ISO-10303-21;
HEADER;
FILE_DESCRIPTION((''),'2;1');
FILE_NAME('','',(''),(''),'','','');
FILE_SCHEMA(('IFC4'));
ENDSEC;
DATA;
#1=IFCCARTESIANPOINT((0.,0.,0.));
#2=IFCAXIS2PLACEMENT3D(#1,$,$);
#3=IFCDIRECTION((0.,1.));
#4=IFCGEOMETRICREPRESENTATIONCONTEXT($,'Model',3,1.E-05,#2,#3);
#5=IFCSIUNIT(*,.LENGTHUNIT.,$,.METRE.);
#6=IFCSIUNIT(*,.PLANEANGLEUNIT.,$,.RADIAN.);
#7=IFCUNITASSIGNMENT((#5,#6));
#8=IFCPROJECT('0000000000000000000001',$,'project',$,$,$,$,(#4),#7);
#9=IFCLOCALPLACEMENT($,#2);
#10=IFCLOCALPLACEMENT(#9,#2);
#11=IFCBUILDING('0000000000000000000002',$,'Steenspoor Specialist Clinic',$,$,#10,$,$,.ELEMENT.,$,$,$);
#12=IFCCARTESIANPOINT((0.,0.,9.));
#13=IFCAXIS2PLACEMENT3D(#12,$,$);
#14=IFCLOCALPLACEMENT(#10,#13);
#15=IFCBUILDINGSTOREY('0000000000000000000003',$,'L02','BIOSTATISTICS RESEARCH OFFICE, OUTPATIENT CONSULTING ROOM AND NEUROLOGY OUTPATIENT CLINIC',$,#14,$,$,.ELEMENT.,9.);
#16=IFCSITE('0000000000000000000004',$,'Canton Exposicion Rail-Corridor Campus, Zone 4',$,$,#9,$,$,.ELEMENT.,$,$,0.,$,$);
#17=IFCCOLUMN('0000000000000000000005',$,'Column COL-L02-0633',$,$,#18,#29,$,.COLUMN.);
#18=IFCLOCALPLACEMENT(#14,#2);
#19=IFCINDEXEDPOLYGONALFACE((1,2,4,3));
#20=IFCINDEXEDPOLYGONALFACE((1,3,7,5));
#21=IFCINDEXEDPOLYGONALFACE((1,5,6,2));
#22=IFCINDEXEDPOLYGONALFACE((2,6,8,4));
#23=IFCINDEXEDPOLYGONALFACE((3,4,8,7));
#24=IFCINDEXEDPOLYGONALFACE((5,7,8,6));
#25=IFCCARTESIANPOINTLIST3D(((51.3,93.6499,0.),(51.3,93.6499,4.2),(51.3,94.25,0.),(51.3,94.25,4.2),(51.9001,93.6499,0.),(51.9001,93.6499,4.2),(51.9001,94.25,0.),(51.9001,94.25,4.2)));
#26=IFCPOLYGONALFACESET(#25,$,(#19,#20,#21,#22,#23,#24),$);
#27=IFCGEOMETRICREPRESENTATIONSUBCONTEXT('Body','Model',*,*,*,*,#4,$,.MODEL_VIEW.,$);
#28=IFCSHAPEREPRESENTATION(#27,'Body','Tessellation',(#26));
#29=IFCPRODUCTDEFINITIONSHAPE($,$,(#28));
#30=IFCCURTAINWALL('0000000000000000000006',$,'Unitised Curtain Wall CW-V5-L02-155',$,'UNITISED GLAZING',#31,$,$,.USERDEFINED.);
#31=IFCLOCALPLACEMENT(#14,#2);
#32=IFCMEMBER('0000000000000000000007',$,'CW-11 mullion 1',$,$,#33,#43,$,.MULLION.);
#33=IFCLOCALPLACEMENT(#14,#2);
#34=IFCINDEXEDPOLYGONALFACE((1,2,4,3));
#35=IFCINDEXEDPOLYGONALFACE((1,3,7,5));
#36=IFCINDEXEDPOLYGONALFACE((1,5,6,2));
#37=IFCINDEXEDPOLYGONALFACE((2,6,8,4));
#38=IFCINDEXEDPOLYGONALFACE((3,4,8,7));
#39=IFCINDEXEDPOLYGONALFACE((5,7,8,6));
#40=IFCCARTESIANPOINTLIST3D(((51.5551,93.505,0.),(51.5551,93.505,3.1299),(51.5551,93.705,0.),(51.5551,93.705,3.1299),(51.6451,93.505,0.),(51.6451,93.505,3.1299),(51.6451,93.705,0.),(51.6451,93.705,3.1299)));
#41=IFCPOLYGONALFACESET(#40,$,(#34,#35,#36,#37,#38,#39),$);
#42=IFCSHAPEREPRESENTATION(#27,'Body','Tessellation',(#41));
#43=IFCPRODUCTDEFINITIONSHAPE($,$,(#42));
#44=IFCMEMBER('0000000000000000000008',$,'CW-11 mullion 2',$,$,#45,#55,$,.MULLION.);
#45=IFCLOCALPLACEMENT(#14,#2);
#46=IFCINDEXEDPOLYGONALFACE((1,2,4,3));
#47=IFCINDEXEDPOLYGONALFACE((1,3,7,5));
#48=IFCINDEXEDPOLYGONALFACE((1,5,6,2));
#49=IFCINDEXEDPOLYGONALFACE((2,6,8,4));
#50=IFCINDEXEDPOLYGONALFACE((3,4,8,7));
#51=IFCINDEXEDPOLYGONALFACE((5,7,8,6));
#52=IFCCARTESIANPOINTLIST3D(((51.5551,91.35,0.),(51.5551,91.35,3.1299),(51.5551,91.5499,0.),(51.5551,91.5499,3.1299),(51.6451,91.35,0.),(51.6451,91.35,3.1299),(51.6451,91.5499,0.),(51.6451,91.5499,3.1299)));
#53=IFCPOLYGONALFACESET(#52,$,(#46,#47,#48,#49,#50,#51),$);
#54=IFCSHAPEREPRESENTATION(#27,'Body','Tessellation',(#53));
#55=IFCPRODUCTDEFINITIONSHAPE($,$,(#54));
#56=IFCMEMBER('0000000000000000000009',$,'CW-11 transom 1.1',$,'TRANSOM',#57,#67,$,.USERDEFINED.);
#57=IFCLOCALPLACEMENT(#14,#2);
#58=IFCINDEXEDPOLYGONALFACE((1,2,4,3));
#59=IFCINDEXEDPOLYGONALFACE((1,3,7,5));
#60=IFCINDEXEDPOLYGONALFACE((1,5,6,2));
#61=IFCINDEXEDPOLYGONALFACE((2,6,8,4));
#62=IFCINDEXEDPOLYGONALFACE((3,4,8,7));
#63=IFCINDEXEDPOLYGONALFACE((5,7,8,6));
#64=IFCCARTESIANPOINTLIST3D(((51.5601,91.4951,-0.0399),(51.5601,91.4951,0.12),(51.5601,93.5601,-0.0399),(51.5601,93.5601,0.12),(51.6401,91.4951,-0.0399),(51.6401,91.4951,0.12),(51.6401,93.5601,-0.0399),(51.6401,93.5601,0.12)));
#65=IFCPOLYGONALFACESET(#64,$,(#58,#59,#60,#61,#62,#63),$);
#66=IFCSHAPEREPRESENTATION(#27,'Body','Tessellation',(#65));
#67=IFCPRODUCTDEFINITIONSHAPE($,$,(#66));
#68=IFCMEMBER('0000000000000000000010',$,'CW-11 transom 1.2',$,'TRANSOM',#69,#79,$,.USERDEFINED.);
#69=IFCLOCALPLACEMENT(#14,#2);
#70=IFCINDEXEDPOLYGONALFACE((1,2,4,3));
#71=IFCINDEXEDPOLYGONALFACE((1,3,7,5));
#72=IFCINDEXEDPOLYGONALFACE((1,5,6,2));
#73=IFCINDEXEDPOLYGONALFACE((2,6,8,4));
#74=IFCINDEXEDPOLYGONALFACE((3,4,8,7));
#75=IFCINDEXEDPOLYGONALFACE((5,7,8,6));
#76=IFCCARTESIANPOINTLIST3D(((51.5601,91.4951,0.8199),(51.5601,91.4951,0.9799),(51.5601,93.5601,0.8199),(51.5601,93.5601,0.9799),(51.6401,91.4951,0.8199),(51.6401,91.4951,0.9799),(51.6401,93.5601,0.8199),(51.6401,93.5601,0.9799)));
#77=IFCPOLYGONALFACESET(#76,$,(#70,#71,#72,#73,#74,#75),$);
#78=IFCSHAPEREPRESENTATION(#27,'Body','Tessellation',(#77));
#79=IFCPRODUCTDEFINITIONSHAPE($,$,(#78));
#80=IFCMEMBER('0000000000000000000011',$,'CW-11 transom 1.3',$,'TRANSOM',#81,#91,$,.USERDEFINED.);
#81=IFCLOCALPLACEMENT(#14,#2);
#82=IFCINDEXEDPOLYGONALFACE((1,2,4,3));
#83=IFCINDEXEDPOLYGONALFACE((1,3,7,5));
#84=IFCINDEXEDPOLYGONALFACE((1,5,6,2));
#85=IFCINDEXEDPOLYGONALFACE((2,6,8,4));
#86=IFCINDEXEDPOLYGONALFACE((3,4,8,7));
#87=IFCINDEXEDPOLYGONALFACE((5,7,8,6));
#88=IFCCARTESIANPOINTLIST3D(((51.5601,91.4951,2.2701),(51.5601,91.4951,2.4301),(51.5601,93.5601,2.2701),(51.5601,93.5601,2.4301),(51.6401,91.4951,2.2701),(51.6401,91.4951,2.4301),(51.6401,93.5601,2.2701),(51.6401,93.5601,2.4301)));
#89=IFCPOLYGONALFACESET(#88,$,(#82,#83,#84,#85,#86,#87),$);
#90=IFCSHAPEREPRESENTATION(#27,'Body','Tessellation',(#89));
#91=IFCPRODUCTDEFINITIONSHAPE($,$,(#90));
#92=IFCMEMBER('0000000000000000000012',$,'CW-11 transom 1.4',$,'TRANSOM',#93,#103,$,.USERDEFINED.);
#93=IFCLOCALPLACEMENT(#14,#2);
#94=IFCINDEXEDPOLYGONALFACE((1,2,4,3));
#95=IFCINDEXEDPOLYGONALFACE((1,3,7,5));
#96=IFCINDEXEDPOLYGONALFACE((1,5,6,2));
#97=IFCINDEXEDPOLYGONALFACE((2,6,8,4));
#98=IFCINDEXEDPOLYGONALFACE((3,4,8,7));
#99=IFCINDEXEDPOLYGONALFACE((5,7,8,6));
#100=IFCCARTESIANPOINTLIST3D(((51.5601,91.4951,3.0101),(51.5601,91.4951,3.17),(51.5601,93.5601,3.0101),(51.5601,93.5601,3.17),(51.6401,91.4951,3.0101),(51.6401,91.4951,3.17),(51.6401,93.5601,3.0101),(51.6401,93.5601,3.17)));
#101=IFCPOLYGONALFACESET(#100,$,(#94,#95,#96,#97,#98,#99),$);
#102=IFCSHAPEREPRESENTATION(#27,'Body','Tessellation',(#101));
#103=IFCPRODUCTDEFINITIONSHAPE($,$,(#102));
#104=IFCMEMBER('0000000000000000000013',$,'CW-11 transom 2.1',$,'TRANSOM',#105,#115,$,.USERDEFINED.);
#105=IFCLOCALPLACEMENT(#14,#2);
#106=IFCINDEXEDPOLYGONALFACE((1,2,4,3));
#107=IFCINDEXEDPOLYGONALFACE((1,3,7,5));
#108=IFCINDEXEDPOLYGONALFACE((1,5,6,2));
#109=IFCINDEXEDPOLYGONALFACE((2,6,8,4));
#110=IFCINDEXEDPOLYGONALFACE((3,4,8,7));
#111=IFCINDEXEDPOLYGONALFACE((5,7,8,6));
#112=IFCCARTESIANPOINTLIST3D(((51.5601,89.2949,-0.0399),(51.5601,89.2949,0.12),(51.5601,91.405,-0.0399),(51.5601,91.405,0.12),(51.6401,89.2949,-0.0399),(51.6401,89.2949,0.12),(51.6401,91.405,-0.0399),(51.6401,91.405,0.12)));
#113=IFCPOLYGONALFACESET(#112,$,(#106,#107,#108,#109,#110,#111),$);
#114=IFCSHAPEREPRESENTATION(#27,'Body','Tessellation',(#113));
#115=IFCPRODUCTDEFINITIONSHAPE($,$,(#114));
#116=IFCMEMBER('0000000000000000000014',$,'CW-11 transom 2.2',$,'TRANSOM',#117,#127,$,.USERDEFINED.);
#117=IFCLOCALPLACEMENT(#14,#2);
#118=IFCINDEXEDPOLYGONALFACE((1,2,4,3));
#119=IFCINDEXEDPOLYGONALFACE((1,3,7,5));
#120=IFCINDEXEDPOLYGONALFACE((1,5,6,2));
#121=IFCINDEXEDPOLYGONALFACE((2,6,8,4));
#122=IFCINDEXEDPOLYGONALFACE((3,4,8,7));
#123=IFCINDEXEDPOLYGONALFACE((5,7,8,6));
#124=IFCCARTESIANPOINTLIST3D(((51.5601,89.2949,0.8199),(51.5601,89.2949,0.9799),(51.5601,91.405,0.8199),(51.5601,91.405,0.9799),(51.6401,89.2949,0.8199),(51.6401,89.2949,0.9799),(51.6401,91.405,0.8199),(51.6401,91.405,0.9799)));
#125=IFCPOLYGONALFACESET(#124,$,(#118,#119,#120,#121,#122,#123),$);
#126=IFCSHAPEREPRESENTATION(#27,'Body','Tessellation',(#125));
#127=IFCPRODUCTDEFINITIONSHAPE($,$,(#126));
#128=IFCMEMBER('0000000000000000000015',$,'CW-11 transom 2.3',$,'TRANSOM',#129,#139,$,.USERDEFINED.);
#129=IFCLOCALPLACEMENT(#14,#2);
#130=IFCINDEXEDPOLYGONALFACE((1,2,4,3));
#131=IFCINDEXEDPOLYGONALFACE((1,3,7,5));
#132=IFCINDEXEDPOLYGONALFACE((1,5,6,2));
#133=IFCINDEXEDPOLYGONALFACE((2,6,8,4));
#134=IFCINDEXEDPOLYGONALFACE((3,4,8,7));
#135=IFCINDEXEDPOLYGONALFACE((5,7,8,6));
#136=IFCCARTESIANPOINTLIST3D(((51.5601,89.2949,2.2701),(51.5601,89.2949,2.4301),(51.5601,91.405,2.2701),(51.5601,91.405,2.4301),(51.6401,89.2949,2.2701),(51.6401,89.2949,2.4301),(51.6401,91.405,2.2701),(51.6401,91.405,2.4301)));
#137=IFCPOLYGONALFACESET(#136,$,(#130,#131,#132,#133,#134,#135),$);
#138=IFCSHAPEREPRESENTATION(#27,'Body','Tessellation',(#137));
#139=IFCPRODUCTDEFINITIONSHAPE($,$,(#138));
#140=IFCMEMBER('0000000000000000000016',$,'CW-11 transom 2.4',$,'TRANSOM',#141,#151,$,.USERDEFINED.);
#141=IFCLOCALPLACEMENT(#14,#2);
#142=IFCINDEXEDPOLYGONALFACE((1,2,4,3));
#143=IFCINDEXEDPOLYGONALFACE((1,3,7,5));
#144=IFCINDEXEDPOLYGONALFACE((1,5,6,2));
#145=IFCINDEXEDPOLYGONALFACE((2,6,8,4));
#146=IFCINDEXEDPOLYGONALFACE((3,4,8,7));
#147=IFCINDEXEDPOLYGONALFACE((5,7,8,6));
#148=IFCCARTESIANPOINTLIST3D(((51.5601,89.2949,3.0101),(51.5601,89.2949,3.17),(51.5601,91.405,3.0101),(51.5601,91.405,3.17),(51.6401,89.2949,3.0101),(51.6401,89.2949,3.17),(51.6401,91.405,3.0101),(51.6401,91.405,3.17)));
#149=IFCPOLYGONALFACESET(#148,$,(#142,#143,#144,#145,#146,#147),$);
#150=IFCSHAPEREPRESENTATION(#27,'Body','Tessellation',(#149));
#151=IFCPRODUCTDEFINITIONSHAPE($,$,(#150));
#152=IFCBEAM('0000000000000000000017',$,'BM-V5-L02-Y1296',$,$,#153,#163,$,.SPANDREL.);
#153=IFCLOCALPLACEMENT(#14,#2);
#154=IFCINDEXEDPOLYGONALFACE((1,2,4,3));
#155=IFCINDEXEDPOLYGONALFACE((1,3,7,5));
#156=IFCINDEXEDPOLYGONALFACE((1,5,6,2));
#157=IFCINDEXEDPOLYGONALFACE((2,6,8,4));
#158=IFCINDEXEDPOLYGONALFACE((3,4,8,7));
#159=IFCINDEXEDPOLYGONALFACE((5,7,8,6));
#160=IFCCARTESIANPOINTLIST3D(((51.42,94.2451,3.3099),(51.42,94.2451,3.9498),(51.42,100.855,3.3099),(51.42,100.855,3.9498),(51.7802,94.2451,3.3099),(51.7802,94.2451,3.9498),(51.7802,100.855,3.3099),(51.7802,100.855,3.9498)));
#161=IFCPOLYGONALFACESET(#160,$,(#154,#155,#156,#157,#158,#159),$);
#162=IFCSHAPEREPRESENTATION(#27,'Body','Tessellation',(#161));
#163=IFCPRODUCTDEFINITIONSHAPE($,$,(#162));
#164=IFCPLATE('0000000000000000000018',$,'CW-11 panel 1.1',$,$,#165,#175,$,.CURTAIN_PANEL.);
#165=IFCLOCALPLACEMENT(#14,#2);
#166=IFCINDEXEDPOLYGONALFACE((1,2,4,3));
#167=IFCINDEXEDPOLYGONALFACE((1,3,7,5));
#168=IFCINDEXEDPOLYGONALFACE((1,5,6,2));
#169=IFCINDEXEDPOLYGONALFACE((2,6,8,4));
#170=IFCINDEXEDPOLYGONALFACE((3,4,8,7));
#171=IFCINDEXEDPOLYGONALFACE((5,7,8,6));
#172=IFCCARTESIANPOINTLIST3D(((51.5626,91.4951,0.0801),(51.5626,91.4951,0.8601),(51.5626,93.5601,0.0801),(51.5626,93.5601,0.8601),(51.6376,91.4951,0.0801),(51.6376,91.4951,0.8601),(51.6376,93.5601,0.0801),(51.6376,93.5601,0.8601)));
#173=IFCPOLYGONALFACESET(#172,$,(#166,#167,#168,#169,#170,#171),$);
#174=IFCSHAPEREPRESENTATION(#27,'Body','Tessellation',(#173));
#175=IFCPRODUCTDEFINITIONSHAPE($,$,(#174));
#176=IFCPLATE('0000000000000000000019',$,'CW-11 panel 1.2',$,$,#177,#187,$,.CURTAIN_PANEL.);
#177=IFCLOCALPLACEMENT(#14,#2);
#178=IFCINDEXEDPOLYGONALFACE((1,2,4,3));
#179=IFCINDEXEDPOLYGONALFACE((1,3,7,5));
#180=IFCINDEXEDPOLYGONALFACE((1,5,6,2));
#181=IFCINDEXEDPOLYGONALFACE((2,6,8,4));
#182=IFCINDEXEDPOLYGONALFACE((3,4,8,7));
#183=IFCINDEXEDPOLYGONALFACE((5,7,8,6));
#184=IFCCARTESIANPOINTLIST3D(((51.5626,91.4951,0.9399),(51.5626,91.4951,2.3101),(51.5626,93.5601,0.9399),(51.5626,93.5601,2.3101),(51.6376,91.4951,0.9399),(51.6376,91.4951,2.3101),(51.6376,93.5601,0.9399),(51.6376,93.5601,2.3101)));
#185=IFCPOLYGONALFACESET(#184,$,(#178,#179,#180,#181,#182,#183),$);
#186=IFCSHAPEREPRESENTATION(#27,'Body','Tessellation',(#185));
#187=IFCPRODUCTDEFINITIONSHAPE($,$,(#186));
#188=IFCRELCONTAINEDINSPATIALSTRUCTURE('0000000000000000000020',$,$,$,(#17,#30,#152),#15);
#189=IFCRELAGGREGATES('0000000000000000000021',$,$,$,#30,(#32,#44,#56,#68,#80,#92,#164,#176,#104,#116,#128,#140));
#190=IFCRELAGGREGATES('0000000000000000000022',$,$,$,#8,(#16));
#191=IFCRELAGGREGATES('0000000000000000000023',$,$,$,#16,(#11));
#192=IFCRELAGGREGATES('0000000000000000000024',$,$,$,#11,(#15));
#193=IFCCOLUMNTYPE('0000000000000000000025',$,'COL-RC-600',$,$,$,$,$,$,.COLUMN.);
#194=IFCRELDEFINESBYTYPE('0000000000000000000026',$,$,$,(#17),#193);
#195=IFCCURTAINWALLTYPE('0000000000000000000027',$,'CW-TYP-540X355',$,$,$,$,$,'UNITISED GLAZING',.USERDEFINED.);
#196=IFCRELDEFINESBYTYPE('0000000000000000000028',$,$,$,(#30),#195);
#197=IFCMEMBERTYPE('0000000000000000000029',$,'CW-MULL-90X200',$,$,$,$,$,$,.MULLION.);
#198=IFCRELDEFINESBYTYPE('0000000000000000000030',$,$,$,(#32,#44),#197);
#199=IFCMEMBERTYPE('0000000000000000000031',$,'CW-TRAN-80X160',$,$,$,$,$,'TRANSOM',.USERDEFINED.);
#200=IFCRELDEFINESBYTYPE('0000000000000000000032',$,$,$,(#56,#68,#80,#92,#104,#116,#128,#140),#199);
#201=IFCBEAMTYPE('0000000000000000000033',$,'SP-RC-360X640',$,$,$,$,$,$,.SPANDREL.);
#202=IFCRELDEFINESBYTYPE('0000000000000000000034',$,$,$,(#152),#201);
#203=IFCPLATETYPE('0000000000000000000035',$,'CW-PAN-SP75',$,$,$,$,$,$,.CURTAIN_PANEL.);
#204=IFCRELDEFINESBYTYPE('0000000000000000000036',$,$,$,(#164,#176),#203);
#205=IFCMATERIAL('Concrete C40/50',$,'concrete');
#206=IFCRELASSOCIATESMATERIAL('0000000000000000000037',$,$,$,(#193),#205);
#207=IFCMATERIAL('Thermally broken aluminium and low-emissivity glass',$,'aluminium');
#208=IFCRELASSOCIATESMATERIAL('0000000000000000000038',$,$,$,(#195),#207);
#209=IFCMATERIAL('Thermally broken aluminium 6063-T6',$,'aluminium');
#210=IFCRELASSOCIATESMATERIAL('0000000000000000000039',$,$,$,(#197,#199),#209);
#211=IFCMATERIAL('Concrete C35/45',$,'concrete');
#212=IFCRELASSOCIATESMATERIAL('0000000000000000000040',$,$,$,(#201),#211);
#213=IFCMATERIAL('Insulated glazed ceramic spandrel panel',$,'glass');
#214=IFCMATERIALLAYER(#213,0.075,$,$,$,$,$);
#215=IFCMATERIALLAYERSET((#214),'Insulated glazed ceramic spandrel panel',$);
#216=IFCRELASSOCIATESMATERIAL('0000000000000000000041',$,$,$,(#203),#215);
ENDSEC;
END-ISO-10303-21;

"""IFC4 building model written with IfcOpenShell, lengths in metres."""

from ifc_helpers import new_model, si_unit, direction, frame, origin, origin_2d, place, context, subcontext, project, spatial, rectangle, extrude, material, layer, layer_set, material_profile, profile_set, type_object, element, aggregate, save


model = new_model("IFC4")

# Units and contexts
model_context = context("Model", 3, precision=1e-05, world=origin(), true_north=direction((0.0, 1.0)))
body_context = subcontext(model_context, "Body", "Model", "MODEL_VIEW")
ifc_project = project(units=[si_unit("LENGTHUNIT", "METRE"), si_unit("PLANEANGLEUNIT", "RADIAN")], contexts=[model_context])

# Site, building, storey
site_placement = place(None, origin())
site = spatial("IfcSite", under=ifc_project, at=site_placement, Name="Canton Exposicion Rail-Corridor Campus, Zone 4", CompositionType="ELEMENT", RefElevation=0.0)
building_placement = place(site_placement, origin())
building = spatial("IfcBuilding", under=site, at=building_placement, Name="Steenspoor Specialist Clinic", CompositionType="ELEMENT")
storey_placement = place(building_placement, frame((0.0, 0.0, 9.0)))
storey = spatial("IfcBuildingStorey", under=building, at=storey_placement, Name="L02", Description="BIOSTATISTICS RESEARCH OFFICE, OUTPATIENT CONSULTING ROOM AND NEUROLOGY OUTPATIENT CLINIC", CompositionType="ELEMENT", Elevation=9.0)

# Column
ifc_material_1 = material(Name="Concrete C40/50", Category="concrete")
ifc_material_profile_1 = material_profile(ifc_material_1, rectangle(XDim=0.6001, YDim=0.6001, at=origin_2d()), Name="RC-COL-600X600")
ifc_profile_set_1 = profile_set([ifc_material_profile_1], Name="Concrete C40/50")
column_type = type_object("IfcColumnType", Name="COL-RC-600", PredefinedType="COLUMN", material=ifc_profile_set_1)
column_placement = place(storey_placement, frame((51.6001, 93.95, 0.0), z_axis=(0.0, 0.0, 1.0), x_axis=(1.0, 0.0, 0.0)))
element("IfcColumn", 1, at=column_placement, inside=storey, type_object=column_type, Name="Column COL-L02-0633", PredefinedType="COLUMN", context=body_context, shape_type="SweptSolid", body=[
    extrude(rectangle(XDim=0.6001, YDim=0.6001, at=origin_2d()), origin(), (0.0, 0.0, 1.0), 4.2),
])

# Curtain wall, members
ifc_material_2 = material(Name="Thermally broken aluminium and low-emissivity glass", Category="aluminium")
curtain_wall_type = type_object("IfcCurtainWallType", Name="CW-TYP-540X355", ElementType="UNITISED GLAZING", PredefinedType="USERDEFINED", material=ifc_material_2)
curtain_wall_placement = place(storey_placement, origin())
curtain_wall = element("IfcCurtainWall", 2, at=curtain_wall_placement, inside=storey, type_object=curtain_wall_type, Name="Unitised Curtain Wall CW-V5-L02-155", ObjectType="UNITISED GLAZING", PredefinedType="USERDEFINED")
ifc_material_3 = material(Name="Thermally broken aluminium 6063-T6", Category="aluminium")
ifc_material_profile_2 = material_profile(ifc_material_3, rectangle(XDim=0.0901, YDim=0.2, at=origin_2d()), Name="CWM-90X200")
ifc_profile_set_2 = profile_set([ifc_material_profile_2], Name="Thermally broken aluminium 6063-T6")
member_type_1 = type_object("IfcMemberType", Name="CW-MULL-90X200", PredefinedType="MULLION", material=ifc_profile_set_2)
member_1_placement = place(storey_placement, frame((51.6001, 93.605, 0.0), z_axis=(0.0, 0.0, 1.0), x_axis=(1.0, 0.0, 0.0)))
member_1 = element("IfcMember", 3, at=member_1_placement, type_object=member_type_1, Name="CW-11 mullion 1", PredefinedType="MULLION", context=body_context, shape_type="SweptSolid", body=[
    extrude(rectangle(XDim=0.0901, YDim=0.2, at=origin_2d()), origin(), (0.0, 0.0, 1.0), 3.1299),
])
member_2_placement = place(storey_placement, frame((51.6001, 91.45, 0.0), z_axis=(0.0, 0.0, 1.0), x_axis=(1.0, 0.0, 0.0)))
member_2 = element("IfcMember", 4, at=member_2_placement, type_object=member_type_1, Name="CW-11 mullion 2", PredefinedType="MULLION", context=body_context, shape_type="SweptSolid", body=[
    extrude(rectangle(XDim=0.0901, YDim=0.2, at=origin_2d()), origin(), (0.0, 0.0, 1.0), 3.1299),
])
ifc_material_profile_3 = material_profile(ifc_material_3, rectangle(XDim=0.0801, YDim=0.1599, at=origin_2d()), Name="CWT-80X160")
ifc_profile_set_3 = profile_set([ifc_material_profile_3], Name="Thermally broken aluminium 6063-T6")
member_type_2 = type_object("IfcMemberType", Name="CW-TRAN-80X160", ElementType="TRANSOM", PredefinedType="USERDEFINED", material=ifc_profile_set_3)
member_3_placement = place(storey_placement, frame((51.6001, 93.5601, 0.04), z_axis=(0.0, -1.0, 0.0), x_axis=(1.0, 0.0, 0.0)))
member_3 = element("IfcMember", 5, at=member_3_placement, type_object=member_type_2, Name="CW-11 transom 1.1", ObjectType="TRANSOM", PredefinedType="USERDEFINED", context=body_context, shape_type="SweptSolid", body=[
    extrude(rectangle(XDim=0.0801, YDim=0.1599, at=origin_2d()), origin(), (0.0, 0.0, 1.0), 2.0649),
])
member_4_placement = place(storey_placement, frame((51.6001, 93.5601, 0.8999), z_axis=(0.0, -1.0, 0.0), x_axis=(1.0, 0.0, 0.0)))
member_4 = element("IfcMember", 6, at=member_4_placement, type_object=member_type_2, Name="CW-11 transom 1.2", ObjectType="TRANSOM", PredefinedType="USERDEFINED", context=body_context, shape_type="SweptSolid", body=[
    extrude(rectangle(XDim=0.0801, YDim=0.1599, at=origin_2d()), origin(), (0.0, 0.0, 1.0), 2.0649),
])
member_5_placement = place(storey_placement, frame((51.6001, 93.5601, 2.3501), z_axis=(0.0, -1.0, 0.0), x_axis=(1.0, 0.0, 0.0)))
member_5 = element("IfcMember", 7, at=member_5_placement, type_object=member_type_2, Name="CW-11 transom 1.3", ObjectType="TRANSOM", PredefinedType="USERDEFINED", context=body_context, shape_type="SweptSolid", body=[
    extrude(rectangle(XDim=0.0801, YDim=0.1599, at=origin_2d()), origin(), (0.0, 0.0, 1.0), 2.0649),
])
member_6_placement = place(storey_placement, frame((51.6001, 93.5601, 3.0901), z_axis=(0.0, -1.0, 0.0), x_axis=(1.0, 0.0, 0.0)))
member_6 = element("IfcMember", 8, at=member_6_placement, type_object=member_type_2, Name="CW-11 transom 1.4", ObjectType="TRANSOM", PredefinedType="USERDEFINED", context=body_context, shape_type="SweptSolid", body=[
    extrude(rectangle(XDim=0.0801, YDim=0.1599, at=origin_2d()), origin(), (0.0, 0.0, 1.0), 2.0649),
])
member_7_placement = place(storey_placement, frame((51.6001, 91.405, 0.04), z_axis=(0.0, -1.0, 0.0), x_axis=(1.0, 0.0, 0.0)))
member_7 = element("IfcMember", 9, at=member_7_placement, type_object=member_type_2, Name="CW-11 transom 2.1", ObjectType="TRANSOM", PredefinedType="USERDEFINED", context=body_context, shape_type="SweptSolid", body=[
    extrude(rectangle(XDim=0.0801, YDim=0.1599, at=origin_2d()), origin(), (0.0, 0.0, 1.0), 2.1101),
])
member_8_placement = place(storey_placement, frame((51.6001, 91.405, 0.8999), z_axis=(0.0, -1.0, 0.0), x_axis=(1.0, 0.0, 0.0)))
member_8 = element("IfcMember", 10, at=member_8_placement, type_object=member_type_2, Name="CW-11 transom 2.2", ObjectType="TRANSOM", PredefinedType="USERDEFINED", context=body_context, shape_type="SweptSolid", body=[
    extrude(rectangle(XDim=0.0801, YDim=0.1599, at=origin_2d()), origin(), (0.0, 0.0, 1.0), 2.1101),
])
member_9_placement = place(storey_placement, frame((51.6001, 91.405, 2.3501), z_axis=(0.0, -1.0, 0.0), x_axis=(1.0, 0.0, 0.0)))
member_9 = element("IfcMember", 11, at=member_9_placement, type_object=member_type_2, Name="CW-11 transom 2.3", ObjectType="TRANSOM", PredefinedType="USERDEFINED", context=body_context, shape_type="SweptSolid", body=[
    extrude(rectangle(XDim=0.0801, YDim=0.1599, at=origin_2d()), origin(), (0.0, 0.0, 1.0), 2.1101),
])
member_10_placement = place(storey_placement, frame((51.6001, 91.405, 3.0901), z_axis=(0.0, -1.0, 0.0), x_axis=(1.0, 0.0, 0.0)))
member_10 = element("IfcMember", 12, at=member_10_placement, type_object=member_type_2, Name="CW-11 transom 2.4", ObjectType="TRANSOM", PredefinedType="USERDEFINED", context=body_context, shape_type="SweptSolid", body=[
    extrude(rectangle(XDim=0.0801, YDim=0.1599, at=origin_2d()), origin(), (0.0, 0.0, 1.0), 2.1101),
])

# Beam
ifc_material_4 = material(Name="Concrete C35/45", Category="concrete")
ifc_material_profile_4 = material_profile(ifc_material_4, rectangle(XDim=0.3601, YDim=0.6399, at=origin_2d()), Name="RC-SP-360X640")
ifc_profile_set_4 = profile_set([ifc_material_profile_4], Name="Concrete C35/45")
beam_type = type_object("IfcBeamType", Name="SP-RC-360X640", PredefinedType="SPANDREL", material=ifc_profile_set_4)
beam_placement = place(storey_placement, frame((51.6001, 94.2451, 3.6299), z_axis=(0.0, 1.0, 0.0), x_axis=(-1.0, 0.0, 0.0)))
element("IfcBeam", 13, at=beam_placement, inside=storey, type_object=beam_type, Name="BM-V5-L02-Y1296", PredefinedType="SPANDREL", context=body_context, shape_type="SweptSolid", body=[
    extrude(rectangle(XDim=0.3601, YDim=0.6399, at=origin_2d()), origin(), (0.0, 0.0, 1.0), 6.6099),
])

# Plates
ifc_material_5 = material(Name="Insulated glazed ceramic spandrel panel", Category="glass")
ifc_layer = layer(ifc_material_5, 0.075)
ifc_layer_set = layer_set([ifc_layer], Name="Insulated glazed ceramic spandrel panel")
plate_type = type_object("IfcPlateType", Name="CW-PAN-SP75", PredefinedType="CURTAIN_PANEL", material=ifc_layer_set)
plate_1_placement = place(storey_placement, frame((51.6001, 92.5276, 0.0801), z_axis=(0.0, 0.0, 1.0), x_axis=(0.0, -1.0, 0.0)))
plate_1 = element("IfcPlate", 14, at=plate_1_placement, type_object=plate_type, Name="CW-11 panel 1.1", PredefinedType="CURTAIN_PANEL", context=body_context, shape_type="SweptSolid", body=[
    extrude(rectangle(XDim=2.0649, YDim=0.075, at=origin_2d()), origin(), (0.0, 0.0, 1.0), 0.78),
])
plate_2_placement = place(storey_placement, frame((51.6001, 92.5276, 0.9399), z_axis=(0.0, 0.0, 1.0), x_axis=(0.0, -1.0, 0.0)))
plate_2 = element("IfcPlate", 15, at=plate_2_placement, type_object=plate_type, Name="CW-11 panel 1.2", PredefinedType="CURTAIN_PANEL", context=body_context, shape_type="SweptSolid", body=[
    extrude(rectangle(XDim=2.0649, YDim=0.075, at=origin_2d()), origin(), (0.0, 0.0, 1.0), 1.3701),
])
aggregate(curtain_wall, [member_1, member_2, member_3, member_4, member_5, member_6, plate_1, plate_2, member_7, member_8, member_9, member_10])

save(model, "model.ifc")
